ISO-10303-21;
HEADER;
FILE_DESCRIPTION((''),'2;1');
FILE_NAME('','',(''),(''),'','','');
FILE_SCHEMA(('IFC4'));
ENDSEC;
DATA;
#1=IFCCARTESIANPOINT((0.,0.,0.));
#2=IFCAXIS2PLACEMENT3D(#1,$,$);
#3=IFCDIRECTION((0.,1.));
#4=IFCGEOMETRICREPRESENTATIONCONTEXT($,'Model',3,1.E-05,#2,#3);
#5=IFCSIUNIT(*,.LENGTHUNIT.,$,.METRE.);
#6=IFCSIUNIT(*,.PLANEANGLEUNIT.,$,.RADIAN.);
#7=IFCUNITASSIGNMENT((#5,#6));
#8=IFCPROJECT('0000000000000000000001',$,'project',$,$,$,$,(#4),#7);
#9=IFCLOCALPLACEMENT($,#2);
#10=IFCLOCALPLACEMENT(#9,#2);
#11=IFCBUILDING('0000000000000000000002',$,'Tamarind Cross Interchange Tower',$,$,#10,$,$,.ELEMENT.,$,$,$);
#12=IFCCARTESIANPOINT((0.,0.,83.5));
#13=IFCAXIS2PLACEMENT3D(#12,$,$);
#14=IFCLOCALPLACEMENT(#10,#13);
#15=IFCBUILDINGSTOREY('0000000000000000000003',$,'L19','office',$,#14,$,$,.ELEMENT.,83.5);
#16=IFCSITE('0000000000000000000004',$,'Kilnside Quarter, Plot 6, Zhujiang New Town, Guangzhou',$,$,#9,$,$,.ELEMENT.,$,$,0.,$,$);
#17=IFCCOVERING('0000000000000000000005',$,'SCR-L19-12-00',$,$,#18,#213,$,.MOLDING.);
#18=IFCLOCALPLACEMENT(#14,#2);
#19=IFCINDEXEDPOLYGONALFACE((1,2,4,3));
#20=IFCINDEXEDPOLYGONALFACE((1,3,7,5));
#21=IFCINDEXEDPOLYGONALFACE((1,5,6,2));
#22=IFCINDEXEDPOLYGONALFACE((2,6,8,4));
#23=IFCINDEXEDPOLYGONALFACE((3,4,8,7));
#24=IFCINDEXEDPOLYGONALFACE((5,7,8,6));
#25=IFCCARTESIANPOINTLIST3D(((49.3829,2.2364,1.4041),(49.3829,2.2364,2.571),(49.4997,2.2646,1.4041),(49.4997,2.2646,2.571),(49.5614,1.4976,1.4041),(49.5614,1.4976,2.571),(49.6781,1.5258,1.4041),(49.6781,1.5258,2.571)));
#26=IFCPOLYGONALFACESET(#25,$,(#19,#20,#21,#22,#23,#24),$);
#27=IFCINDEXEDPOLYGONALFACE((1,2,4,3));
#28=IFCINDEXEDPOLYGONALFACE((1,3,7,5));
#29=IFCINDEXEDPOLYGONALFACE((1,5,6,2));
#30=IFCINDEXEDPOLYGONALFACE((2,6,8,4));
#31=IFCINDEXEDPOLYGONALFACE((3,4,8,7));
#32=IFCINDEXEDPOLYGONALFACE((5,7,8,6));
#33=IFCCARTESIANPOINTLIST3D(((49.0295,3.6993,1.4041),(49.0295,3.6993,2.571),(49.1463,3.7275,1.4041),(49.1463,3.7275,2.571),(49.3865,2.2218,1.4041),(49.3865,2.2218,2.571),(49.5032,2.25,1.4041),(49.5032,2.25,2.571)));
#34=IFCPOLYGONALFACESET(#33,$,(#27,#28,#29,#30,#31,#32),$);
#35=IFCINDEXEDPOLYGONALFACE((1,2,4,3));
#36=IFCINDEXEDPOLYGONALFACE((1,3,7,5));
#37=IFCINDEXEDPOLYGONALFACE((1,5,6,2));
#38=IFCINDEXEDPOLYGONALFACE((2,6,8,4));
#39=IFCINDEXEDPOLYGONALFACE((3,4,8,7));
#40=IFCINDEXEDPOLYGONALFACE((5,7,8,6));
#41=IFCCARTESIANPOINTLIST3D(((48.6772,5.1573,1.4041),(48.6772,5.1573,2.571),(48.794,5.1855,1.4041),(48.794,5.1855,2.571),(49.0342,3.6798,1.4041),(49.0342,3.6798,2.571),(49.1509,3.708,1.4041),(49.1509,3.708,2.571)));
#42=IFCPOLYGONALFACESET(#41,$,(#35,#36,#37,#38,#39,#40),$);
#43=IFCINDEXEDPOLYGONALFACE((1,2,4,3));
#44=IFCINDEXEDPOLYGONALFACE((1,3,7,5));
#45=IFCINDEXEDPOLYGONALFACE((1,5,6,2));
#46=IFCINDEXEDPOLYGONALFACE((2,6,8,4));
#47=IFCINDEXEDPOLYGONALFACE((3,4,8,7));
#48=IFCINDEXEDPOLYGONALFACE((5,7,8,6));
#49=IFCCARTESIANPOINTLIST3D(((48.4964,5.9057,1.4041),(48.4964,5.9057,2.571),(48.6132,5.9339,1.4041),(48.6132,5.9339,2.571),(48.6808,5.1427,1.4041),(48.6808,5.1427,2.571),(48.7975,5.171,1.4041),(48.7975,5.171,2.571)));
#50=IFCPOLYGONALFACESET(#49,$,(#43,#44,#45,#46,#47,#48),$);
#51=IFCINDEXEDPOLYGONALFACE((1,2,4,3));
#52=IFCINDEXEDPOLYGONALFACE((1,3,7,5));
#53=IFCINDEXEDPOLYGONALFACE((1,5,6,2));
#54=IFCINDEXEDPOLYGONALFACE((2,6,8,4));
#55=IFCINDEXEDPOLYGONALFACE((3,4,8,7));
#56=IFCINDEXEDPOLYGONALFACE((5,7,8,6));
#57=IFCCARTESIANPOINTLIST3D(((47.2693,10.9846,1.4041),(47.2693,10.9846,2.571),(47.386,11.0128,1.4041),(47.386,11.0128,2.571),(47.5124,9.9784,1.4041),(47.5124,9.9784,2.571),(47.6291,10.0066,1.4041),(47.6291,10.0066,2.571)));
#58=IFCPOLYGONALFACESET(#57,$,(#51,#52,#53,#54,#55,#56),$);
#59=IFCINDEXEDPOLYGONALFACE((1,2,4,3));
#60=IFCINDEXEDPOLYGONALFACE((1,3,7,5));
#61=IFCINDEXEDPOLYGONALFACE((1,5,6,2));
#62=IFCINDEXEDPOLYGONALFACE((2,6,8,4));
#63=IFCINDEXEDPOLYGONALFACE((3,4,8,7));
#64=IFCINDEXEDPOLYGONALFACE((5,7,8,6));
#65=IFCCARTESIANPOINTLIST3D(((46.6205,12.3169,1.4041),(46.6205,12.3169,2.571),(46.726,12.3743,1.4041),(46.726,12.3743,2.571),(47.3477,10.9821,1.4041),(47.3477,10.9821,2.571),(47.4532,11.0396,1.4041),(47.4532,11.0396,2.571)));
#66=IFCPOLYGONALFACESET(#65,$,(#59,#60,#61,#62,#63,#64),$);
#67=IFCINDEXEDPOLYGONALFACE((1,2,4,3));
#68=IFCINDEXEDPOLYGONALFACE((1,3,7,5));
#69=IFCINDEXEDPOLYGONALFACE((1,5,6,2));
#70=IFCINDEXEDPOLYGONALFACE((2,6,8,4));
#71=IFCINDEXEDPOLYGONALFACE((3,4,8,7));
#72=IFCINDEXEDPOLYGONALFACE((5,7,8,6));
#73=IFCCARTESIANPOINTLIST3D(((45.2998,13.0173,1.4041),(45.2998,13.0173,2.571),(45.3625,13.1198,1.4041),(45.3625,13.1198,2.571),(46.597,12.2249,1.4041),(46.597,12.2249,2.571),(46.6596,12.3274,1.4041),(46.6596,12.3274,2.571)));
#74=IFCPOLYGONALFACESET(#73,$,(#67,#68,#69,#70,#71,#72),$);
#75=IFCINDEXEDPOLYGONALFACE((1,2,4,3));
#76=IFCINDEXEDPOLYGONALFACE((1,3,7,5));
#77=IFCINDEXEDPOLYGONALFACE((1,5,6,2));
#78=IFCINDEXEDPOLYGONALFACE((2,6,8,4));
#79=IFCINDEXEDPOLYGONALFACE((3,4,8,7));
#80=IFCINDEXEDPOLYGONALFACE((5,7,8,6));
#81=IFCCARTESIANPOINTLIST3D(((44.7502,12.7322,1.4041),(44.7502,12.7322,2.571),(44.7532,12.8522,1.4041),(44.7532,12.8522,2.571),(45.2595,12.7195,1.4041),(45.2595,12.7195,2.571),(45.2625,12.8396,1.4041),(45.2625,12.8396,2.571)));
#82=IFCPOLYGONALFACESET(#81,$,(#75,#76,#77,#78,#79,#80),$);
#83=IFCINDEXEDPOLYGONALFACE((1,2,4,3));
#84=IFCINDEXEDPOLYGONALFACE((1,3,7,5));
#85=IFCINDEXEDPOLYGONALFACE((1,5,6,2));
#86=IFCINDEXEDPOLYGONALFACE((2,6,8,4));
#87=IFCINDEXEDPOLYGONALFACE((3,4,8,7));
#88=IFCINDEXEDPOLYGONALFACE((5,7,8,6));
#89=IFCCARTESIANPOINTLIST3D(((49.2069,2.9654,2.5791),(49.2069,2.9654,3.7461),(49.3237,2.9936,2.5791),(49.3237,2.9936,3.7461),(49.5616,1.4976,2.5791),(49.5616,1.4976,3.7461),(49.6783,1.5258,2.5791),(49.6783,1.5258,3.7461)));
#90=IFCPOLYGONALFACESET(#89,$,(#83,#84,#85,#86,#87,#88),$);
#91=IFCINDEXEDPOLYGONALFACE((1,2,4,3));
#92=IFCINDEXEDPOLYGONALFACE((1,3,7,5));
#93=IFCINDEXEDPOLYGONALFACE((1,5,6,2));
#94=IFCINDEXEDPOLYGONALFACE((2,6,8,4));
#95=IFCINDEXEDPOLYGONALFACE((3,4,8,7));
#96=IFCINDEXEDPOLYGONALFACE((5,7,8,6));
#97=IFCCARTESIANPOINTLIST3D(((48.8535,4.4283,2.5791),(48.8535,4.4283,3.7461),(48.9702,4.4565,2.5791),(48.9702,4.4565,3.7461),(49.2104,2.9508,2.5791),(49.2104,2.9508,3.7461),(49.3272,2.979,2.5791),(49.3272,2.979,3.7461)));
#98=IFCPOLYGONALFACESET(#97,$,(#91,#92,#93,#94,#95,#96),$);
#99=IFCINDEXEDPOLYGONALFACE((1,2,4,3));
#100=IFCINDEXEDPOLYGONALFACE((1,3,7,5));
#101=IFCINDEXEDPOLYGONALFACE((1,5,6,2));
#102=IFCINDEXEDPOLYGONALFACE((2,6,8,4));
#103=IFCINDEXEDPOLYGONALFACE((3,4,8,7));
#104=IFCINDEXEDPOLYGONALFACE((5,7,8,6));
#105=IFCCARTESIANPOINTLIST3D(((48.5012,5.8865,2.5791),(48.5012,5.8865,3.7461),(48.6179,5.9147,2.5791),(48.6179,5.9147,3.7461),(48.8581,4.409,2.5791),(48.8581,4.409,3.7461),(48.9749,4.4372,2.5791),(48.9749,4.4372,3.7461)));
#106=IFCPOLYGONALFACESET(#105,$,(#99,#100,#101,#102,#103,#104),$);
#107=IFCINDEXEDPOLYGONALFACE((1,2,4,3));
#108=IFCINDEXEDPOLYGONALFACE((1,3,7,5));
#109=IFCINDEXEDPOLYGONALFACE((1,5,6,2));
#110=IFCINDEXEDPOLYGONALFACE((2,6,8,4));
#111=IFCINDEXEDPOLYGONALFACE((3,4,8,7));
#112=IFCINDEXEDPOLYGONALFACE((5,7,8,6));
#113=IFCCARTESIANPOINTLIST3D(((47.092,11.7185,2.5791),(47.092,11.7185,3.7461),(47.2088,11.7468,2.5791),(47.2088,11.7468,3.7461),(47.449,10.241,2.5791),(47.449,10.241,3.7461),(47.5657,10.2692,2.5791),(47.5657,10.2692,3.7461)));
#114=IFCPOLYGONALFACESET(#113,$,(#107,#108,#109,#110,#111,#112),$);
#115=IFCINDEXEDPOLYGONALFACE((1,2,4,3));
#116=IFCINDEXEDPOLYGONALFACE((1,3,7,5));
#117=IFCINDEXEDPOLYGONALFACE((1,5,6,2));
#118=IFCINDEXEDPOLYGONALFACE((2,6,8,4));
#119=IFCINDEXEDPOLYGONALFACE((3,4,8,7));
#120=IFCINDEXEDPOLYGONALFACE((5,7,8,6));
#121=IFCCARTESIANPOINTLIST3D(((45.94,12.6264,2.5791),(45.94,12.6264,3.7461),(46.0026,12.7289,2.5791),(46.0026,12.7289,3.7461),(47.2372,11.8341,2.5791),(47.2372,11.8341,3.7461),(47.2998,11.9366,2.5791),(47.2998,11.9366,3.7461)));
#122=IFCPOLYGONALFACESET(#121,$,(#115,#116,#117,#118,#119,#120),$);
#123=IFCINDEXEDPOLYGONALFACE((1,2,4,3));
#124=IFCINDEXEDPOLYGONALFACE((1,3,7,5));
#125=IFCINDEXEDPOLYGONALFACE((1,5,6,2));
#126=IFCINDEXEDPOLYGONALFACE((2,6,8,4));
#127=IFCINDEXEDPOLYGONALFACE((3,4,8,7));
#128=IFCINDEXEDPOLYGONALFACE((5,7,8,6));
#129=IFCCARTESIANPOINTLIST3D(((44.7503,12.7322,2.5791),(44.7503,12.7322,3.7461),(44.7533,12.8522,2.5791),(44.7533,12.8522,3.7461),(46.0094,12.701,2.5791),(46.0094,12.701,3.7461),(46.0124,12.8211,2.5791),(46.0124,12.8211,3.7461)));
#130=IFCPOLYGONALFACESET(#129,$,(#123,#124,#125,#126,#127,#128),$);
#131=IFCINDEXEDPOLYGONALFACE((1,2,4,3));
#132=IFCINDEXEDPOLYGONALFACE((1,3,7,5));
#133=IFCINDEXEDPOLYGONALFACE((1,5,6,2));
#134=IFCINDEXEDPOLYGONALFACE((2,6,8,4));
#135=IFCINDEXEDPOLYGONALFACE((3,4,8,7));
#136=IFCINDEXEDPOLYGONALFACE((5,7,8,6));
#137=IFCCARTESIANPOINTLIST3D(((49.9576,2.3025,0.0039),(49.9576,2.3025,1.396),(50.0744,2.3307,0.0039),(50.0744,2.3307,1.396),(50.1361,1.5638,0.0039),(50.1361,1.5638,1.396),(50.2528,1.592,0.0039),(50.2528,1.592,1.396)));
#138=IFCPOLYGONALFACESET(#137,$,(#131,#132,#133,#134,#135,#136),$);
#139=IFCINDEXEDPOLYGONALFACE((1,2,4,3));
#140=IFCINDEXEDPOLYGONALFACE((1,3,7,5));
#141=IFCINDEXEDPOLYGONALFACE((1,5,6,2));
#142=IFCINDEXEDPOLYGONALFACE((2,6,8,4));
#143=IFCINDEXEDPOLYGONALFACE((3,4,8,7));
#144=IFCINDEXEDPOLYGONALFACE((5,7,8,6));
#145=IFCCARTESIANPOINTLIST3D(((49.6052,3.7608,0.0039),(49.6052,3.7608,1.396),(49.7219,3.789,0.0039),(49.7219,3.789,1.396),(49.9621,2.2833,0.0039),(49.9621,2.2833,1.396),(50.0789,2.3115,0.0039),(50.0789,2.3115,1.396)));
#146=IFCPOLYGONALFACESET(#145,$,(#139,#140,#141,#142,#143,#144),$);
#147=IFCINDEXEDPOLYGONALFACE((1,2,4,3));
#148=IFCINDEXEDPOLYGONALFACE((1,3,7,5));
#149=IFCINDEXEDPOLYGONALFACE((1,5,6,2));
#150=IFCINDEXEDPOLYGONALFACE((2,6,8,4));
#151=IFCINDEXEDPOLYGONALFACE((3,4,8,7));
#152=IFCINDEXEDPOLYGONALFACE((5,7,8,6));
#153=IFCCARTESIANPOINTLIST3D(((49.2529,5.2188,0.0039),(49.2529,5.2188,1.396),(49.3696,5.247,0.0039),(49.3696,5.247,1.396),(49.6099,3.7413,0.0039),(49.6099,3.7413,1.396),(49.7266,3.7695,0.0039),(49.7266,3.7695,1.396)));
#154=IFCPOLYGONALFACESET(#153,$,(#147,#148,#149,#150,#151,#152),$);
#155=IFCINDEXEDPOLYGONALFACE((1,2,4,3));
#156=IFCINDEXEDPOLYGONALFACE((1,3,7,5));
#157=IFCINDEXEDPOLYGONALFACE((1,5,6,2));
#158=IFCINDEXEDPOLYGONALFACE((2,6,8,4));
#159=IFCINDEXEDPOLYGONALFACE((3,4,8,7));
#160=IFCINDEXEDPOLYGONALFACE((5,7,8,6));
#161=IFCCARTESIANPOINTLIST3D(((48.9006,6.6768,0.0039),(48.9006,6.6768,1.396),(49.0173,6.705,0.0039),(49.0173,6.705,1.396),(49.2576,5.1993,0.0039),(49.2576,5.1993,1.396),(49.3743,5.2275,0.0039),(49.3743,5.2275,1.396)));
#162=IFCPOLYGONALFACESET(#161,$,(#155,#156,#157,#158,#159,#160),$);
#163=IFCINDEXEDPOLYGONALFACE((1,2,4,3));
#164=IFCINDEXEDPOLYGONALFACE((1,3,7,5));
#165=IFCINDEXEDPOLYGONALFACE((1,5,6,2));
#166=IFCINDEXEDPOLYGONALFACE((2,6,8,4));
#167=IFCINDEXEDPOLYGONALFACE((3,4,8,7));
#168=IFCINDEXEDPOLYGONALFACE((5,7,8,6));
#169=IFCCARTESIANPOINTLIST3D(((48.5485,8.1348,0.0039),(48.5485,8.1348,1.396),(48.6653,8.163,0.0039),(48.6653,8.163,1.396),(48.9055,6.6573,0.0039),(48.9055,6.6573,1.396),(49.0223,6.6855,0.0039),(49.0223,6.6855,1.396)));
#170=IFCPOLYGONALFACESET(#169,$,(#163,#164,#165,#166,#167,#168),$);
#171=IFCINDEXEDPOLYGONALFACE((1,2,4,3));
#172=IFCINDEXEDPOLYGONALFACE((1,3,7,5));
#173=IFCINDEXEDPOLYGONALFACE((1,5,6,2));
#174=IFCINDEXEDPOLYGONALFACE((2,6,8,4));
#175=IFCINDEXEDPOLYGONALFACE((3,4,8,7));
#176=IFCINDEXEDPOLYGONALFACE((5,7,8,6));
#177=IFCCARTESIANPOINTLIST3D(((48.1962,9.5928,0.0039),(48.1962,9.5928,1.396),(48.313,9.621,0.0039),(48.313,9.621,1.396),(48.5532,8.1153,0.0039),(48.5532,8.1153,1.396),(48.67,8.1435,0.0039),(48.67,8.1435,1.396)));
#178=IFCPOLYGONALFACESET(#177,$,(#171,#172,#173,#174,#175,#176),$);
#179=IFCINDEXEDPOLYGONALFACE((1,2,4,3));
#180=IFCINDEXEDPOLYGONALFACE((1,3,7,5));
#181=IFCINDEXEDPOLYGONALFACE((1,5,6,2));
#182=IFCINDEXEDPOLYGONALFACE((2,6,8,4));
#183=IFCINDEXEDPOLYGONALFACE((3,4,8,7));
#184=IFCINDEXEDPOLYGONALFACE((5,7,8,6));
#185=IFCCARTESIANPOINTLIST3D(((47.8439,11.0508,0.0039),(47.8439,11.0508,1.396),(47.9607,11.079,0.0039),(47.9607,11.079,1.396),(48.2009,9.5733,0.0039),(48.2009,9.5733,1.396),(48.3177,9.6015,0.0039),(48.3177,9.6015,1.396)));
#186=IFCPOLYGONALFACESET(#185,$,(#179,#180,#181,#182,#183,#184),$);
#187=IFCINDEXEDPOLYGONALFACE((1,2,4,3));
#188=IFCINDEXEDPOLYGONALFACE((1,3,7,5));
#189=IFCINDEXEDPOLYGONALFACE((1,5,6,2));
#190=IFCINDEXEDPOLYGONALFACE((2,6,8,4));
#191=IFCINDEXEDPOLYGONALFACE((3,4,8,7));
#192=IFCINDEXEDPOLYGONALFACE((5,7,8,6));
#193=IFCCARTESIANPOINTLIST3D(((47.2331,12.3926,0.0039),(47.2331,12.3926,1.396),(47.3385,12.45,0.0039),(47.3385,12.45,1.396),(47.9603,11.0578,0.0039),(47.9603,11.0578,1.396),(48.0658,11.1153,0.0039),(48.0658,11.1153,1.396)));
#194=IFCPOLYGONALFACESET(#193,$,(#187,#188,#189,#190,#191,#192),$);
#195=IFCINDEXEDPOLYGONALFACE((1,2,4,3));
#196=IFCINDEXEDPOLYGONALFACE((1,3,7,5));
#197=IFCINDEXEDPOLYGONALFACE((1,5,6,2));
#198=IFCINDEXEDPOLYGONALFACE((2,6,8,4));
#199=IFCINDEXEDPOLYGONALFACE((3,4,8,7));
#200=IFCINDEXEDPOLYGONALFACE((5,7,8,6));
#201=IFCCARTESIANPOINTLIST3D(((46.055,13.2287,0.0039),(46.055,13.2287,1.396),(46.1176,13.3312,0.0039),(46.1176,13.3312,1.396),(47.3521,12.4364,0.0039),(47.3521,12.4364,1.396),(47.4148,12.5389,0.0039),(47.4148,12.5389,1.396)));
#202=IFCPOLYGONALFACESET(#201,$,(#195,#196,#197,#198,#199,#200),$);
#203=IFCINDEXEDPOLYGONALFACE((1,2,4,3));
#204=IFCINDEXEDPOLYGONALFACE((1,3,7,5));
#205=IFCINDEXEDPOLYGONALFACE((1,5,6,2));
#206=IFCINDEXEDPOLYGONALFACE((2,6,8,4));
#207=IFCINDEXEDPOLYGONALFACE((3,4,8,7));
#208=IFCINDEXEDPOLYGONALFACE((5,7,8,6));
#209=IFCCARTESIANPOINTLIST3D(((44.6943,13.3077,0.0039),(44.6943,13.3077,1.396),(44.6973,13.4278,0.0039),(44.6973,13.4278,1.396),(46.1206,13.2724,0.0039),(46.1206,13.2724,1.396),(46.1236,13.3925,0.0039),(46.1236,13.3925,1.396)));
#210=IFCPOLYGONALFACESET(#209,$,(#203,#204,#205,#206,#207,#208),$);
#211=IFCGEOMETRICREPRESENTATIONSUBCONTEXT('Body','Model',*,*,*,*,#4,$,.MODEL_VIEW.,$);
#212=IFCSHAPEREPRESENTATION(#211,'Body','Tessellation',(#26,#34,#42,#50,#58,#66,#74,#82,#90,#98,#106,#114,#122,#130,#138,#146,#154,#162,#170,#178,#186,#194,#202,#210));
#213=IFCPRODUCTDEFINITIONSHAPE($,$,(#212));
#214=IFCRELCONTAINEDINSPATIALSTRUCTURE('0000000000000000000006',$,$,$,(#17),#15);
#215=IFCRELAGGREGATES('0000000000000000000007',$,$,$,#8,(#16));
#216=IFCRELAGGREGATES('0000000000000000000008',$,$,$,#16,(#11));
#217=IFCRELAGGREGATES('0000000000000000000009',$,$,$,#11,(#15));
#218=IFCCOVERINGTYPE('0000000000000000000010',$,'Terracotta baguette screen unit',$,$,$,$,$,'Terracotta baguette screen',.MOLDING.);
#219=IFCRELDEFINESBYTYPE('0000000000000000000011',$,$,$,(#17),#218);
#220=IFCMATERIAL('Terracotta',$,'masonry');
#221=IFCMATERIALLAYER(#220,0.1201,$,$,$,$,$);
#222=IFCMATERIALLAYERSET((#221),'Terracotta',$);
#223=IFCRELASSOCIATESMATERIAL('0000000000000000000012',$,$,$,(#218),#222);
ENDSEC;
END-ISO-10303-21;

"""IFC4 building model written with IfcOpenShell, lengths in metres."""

from ifc_helpers import new_model, si_unit, direction, frame, origin, origin_2d, place, context, subcontext, project, spatial, rectangle, extrude, material, layer, layer_set, type_object, element, save


model = new_model("IFC4")

# Units and contexts
model_context = context("Model", 3, precision=1e-05, world=origin(), true_north=direction((0.0, 1.0)))
body_context = subcontext(model_context, "Body", "Model", "MODEL_VIEW")
ifc_project = project(units=[si_unit("LENGTHUNIT", "METRE"), si_unit("PLANEANGLEUNIT", "RADIAN")], contexts=[model_context])

# Site, building, storey
site_placement = place(None, origin())
site = spatial("IfcSite", under=ifc_project, at=site_placement, Name="Kilnside Quarter, Plot 6, Zhujiang New Town, Guangzhou", CompositionType="ELEMENT", RefElevation=0.0)
building_placement = place(site_placement, origin())
building = spatial("IfcBuilding", under=site, at=building_placement, Name="Tamarind Cross Interchange Tower", CompositionType="ELEMENT")
storey_placement = place(building_placement, frame((0.0, 0.0, 83.5)))
storey = spatial("IfcBuildingStorey", under=building, at=storey_placement, Name="L19", Description="office", CompositionType="ELEMENT", Elevation=83.5)

# Covering
ifc_material_1 = material(Name="Terracotta", Category="masonry")
ifc_layer_1 = layer(ifc_material_1, 0.1201)
ifc_layer_set_1 = layer_set([ifc_layer_1], Name="Terracotta")
covering_type = type_object("IfcCoveringType", Name="Terracotta baguette screen unit", ElementType="Terracotta baguette screen", PredefinedType="MOLDING", material=ifc_layer_set_1)
covering_1_placement = place(storey_placement, origin())
element("IfcCovering", 1, at=covering_1_placement, inside=storey, type_object=covering_type, Name="SCR-L19-12-00", PredefinedType="MOLDING", context=body_context, shape_type="SweptSolid", body=[
    extrude(rectangle(XDim=0.76, YDim=0.1201, at=origin_2d()), frame((49.5305, 1.8811, 1.4041), z_axis=(0.0, 0.0, 1.0), x_axis=(-0.234844, 0.972033, 0.0)), (0.0, 0.0, 1.0), 1.167),
    extrude(rectangle(XDim=1.52, YDim=0.1201, at=origin_2d()), frame((49.2664, 2.9746, 1.4041), z_axis=(0.0, 0.0, 1.0), x_axis=(-0.234844, 0.972033, 0.0)), (0.0, 0.0, 1.0), 1.167),
    extrude(rectangle(XDim=1.52, YDim=0.1201, at=origin_2d()), frame((48.9141, 4.4326, 1.4041), z_axis=(0.0, 0.0, 1.0), x_axis=(-0.234844, 0.972033, 0.0)), (0.0, 0.0, 1.0), 1.167),
    extrude(rectangle(XDim=0.7849, YDim=0.1201, at=origin_2d()), frame((48.647, 5.5383, 1.4041), z_axis=(0.0, 0.0, 1.0), x_axis=(-0.234844, 0.972033, 0.0)), (0.0, 0.0, 1.0), 1.167),
    extrude(rectangle(XDim=1.0352, YDim=0.1201, at=origin_2d()), frame((47.4492, 10.4956, 1.4041), z_axis=(0.0, 0.0, 1.0), x_axis=(-0.234844, 0.972033, 0.0)), (0.0, 0.0, 1.0), 1.167),
    extrude(rectangle(XDim=1.52, YDim=0.1201, at=origin_2d()), frame((47.0369, 11.6782, 1.4041), z_axis=(0.0, 0.0, 1.0), x_axis=(-0.478422, 0.87813, 0.0)), (0.0, 0.0, 1.0), 1.167),
    extrude(rectangle(XDim=1.52, YDim=0.1201, at=origin_2d()), frame((45.9797, 12.6724, 1.4041), z_axis=(0.0, 0.0, 1.0), x_axis=(-0.853391, 0.521272, 0.0)), (0.0, 0.0, 1.0), 1.167),
    extrude(rectangle(XDim=0.5095, YDim=0.1201, at=origin_2d()), frame((45.0063, 12.7859, 1.4041), z_axis=(0.0, 0.0, 1.0), x_axis=(-0.999694, 0.024739, 0.0)), (0.0, 0.0, 1.0), 1.167),
    extrude(rectangle(XDim=1.51, YDim=0.1201, at=origin_2d()), frame((49.4426, 2.2456, 2.5791), z_axis=(0.0, 0.0, 1.0), x_axis=(-0.234844, 0.972033, 0.0)), (0.0, 0.0, 1.0), 1.167),
    extrude(rectangle(XDim=1.52, YDim=0.1201, at=origin_2d()), frame((49.0903, 3.7036, 2.5791), z_axis=(0.0, 0.0, 1.0), x_axis=(-0.234844, 0.972033, 0.0)), (0.0, 0.0, 1.0), 1.167),
    extrude(rectangle(XDim=1.52, YDim=0.1201, at=origin_2d()), frame((48.738, 5.1619, 2.5791), z_axis=(0.0, 0.0, 1.0), x_axis=(-0.234844, 0.972033, 0.0)), (0.0, 0.0, 1.0), 1.167),
    extrude(rectangle(XDim=1.52, YDim=0.1201, at=origin_2d()), frame((47.3289, 10.9939, 2.5791), z_axis=(0.0, 0.0, 1.0), x_axis=(-0.234844, 0.972033, 0.0)), (0.0, 0.0, 1.0), 1.167),
    extrude(rectangle(XDim=1.52, YDim=0.1201, at=origin_2d()), frame((46.6199, 12.2815, 2.5791), z_axis=(0.0, 0.0, 1.0), x_axis=(-0.853391, 0.521272, 0.0)), (0.0, 0.0, 1.0), 1.167),
    extrude(rectangle(XDim=1.2595, YDim=0.1201, at=origin_2d()), frame((45.3813, 12.7766, 2.5791), z_axis=(0.0, 0.0, 1.0), x_axis=(-0.999694, 0.024739, 0.0)), (0.0, 0.0, 1.0), 1.167),
    extrude(rectangle(XDim=0.76, YDim=0.1201, at=origin_2d()), frame((50.1052, 1.9473, 0.0039), z_axis=(0.0, 0.0, 1.0), x_axis=(-0.234844, 0.972033, 0.0)), (0.0, 0.0, 1.0), 1.3921),
    extrude(rectangle(XDim=1.52, YDim=0.1201, at=origin_2d()), frame((49.842, 3.0361, 0.0039), z_axis=(0.0, 0.0, 1.0), x_axis=(-0.234844, 0.972033, 0.0)), (0.0, 0.0, 1.0), 1.3921),
    extrude(rectangle(XDim=1.52, YDim=0.1201, at=origin_2d()), frame((49.4897, 4.4941, 0.0039), z_axis=(0.0, 0.0, 1.0), x_axis=(-0.234844, 0.972033, 0.0)), (0.0, 0.0, 1.0), 1.3921),
    extrude(rectangle(XDim=1.52, YDim=0.1201, at=origin_2d()), frame((49.1375, 5.9521, 0.0039), z_axis=(0.0, 0.0, 1.0), x_axis=(-0.234844, 0.972033, 0.0)), (0.0, 0.0, 1.0), 1.3921),
    extrude(rectangle(XDim=1.52, YDim=0.1201, at=origin_2d()), frame((48.7854, 7.4102, 0.0039), z_axis=(0.0, 0.0, 1.0), x_axis=(-0.234844, 0.972033, 0.0)), (0.0, 0.0, 1.0), 1.3921),
    extrude(rectangle(XDim=1.52, YDim=0.1201, at=origin_2d()), frame((48.4331, 8.8682, 0.0039), z_axis=(0.0, 0.0, 1.0), x_axis=(-0.234844, 0.972033, 0.0)), (0.0, 0.0, 1.0), 1.3921),
    extrude(rectangle(XDim=1.52, YDim=0.1201, at=origin_2d()), frame((48.0808, 10.3262, 0.0039), z_axis=(0.0, 0.0, 1.0), x_axis=(-0.234844, 0.972033, 0.0)), (0.0, 0.0, 1.0), 1.3921),
    extrude(rectangle(XDim=1.52, YDim=0.1201, at=origin_2d()), frame((47.6494, 11.7539, 0.0039), z_axis=(0.0, 0.0, 1.0), x_axis=(-0.478422, 0.87813, 0.0)), (0.0, 0.0, 1.0), 1.3921),
    extrude(rectangle(XDim=1.52, YDim=0.1201, at=origin_2d()), frame((46.7349, 12.8838, 0.0039), z_axis=(0.0, 0.0, 1.0), x_axis=(-0.853391, 0.521272, 0.0)), (0.0, 0.0, 1.0), 1.3921),
    extrude(rectangle(XDim=1.4268, YDim=0.1201, at=origin_2d()), frame((45.4089, 13.3501, 0.0039), z_axis=(0.0, 0.0, 1.0), x_axis=(-0.999694, 0.024739, 0.0)), (0.0, 0.0, 1.0), 1.3921),
])

save(model, "model.ifc")
